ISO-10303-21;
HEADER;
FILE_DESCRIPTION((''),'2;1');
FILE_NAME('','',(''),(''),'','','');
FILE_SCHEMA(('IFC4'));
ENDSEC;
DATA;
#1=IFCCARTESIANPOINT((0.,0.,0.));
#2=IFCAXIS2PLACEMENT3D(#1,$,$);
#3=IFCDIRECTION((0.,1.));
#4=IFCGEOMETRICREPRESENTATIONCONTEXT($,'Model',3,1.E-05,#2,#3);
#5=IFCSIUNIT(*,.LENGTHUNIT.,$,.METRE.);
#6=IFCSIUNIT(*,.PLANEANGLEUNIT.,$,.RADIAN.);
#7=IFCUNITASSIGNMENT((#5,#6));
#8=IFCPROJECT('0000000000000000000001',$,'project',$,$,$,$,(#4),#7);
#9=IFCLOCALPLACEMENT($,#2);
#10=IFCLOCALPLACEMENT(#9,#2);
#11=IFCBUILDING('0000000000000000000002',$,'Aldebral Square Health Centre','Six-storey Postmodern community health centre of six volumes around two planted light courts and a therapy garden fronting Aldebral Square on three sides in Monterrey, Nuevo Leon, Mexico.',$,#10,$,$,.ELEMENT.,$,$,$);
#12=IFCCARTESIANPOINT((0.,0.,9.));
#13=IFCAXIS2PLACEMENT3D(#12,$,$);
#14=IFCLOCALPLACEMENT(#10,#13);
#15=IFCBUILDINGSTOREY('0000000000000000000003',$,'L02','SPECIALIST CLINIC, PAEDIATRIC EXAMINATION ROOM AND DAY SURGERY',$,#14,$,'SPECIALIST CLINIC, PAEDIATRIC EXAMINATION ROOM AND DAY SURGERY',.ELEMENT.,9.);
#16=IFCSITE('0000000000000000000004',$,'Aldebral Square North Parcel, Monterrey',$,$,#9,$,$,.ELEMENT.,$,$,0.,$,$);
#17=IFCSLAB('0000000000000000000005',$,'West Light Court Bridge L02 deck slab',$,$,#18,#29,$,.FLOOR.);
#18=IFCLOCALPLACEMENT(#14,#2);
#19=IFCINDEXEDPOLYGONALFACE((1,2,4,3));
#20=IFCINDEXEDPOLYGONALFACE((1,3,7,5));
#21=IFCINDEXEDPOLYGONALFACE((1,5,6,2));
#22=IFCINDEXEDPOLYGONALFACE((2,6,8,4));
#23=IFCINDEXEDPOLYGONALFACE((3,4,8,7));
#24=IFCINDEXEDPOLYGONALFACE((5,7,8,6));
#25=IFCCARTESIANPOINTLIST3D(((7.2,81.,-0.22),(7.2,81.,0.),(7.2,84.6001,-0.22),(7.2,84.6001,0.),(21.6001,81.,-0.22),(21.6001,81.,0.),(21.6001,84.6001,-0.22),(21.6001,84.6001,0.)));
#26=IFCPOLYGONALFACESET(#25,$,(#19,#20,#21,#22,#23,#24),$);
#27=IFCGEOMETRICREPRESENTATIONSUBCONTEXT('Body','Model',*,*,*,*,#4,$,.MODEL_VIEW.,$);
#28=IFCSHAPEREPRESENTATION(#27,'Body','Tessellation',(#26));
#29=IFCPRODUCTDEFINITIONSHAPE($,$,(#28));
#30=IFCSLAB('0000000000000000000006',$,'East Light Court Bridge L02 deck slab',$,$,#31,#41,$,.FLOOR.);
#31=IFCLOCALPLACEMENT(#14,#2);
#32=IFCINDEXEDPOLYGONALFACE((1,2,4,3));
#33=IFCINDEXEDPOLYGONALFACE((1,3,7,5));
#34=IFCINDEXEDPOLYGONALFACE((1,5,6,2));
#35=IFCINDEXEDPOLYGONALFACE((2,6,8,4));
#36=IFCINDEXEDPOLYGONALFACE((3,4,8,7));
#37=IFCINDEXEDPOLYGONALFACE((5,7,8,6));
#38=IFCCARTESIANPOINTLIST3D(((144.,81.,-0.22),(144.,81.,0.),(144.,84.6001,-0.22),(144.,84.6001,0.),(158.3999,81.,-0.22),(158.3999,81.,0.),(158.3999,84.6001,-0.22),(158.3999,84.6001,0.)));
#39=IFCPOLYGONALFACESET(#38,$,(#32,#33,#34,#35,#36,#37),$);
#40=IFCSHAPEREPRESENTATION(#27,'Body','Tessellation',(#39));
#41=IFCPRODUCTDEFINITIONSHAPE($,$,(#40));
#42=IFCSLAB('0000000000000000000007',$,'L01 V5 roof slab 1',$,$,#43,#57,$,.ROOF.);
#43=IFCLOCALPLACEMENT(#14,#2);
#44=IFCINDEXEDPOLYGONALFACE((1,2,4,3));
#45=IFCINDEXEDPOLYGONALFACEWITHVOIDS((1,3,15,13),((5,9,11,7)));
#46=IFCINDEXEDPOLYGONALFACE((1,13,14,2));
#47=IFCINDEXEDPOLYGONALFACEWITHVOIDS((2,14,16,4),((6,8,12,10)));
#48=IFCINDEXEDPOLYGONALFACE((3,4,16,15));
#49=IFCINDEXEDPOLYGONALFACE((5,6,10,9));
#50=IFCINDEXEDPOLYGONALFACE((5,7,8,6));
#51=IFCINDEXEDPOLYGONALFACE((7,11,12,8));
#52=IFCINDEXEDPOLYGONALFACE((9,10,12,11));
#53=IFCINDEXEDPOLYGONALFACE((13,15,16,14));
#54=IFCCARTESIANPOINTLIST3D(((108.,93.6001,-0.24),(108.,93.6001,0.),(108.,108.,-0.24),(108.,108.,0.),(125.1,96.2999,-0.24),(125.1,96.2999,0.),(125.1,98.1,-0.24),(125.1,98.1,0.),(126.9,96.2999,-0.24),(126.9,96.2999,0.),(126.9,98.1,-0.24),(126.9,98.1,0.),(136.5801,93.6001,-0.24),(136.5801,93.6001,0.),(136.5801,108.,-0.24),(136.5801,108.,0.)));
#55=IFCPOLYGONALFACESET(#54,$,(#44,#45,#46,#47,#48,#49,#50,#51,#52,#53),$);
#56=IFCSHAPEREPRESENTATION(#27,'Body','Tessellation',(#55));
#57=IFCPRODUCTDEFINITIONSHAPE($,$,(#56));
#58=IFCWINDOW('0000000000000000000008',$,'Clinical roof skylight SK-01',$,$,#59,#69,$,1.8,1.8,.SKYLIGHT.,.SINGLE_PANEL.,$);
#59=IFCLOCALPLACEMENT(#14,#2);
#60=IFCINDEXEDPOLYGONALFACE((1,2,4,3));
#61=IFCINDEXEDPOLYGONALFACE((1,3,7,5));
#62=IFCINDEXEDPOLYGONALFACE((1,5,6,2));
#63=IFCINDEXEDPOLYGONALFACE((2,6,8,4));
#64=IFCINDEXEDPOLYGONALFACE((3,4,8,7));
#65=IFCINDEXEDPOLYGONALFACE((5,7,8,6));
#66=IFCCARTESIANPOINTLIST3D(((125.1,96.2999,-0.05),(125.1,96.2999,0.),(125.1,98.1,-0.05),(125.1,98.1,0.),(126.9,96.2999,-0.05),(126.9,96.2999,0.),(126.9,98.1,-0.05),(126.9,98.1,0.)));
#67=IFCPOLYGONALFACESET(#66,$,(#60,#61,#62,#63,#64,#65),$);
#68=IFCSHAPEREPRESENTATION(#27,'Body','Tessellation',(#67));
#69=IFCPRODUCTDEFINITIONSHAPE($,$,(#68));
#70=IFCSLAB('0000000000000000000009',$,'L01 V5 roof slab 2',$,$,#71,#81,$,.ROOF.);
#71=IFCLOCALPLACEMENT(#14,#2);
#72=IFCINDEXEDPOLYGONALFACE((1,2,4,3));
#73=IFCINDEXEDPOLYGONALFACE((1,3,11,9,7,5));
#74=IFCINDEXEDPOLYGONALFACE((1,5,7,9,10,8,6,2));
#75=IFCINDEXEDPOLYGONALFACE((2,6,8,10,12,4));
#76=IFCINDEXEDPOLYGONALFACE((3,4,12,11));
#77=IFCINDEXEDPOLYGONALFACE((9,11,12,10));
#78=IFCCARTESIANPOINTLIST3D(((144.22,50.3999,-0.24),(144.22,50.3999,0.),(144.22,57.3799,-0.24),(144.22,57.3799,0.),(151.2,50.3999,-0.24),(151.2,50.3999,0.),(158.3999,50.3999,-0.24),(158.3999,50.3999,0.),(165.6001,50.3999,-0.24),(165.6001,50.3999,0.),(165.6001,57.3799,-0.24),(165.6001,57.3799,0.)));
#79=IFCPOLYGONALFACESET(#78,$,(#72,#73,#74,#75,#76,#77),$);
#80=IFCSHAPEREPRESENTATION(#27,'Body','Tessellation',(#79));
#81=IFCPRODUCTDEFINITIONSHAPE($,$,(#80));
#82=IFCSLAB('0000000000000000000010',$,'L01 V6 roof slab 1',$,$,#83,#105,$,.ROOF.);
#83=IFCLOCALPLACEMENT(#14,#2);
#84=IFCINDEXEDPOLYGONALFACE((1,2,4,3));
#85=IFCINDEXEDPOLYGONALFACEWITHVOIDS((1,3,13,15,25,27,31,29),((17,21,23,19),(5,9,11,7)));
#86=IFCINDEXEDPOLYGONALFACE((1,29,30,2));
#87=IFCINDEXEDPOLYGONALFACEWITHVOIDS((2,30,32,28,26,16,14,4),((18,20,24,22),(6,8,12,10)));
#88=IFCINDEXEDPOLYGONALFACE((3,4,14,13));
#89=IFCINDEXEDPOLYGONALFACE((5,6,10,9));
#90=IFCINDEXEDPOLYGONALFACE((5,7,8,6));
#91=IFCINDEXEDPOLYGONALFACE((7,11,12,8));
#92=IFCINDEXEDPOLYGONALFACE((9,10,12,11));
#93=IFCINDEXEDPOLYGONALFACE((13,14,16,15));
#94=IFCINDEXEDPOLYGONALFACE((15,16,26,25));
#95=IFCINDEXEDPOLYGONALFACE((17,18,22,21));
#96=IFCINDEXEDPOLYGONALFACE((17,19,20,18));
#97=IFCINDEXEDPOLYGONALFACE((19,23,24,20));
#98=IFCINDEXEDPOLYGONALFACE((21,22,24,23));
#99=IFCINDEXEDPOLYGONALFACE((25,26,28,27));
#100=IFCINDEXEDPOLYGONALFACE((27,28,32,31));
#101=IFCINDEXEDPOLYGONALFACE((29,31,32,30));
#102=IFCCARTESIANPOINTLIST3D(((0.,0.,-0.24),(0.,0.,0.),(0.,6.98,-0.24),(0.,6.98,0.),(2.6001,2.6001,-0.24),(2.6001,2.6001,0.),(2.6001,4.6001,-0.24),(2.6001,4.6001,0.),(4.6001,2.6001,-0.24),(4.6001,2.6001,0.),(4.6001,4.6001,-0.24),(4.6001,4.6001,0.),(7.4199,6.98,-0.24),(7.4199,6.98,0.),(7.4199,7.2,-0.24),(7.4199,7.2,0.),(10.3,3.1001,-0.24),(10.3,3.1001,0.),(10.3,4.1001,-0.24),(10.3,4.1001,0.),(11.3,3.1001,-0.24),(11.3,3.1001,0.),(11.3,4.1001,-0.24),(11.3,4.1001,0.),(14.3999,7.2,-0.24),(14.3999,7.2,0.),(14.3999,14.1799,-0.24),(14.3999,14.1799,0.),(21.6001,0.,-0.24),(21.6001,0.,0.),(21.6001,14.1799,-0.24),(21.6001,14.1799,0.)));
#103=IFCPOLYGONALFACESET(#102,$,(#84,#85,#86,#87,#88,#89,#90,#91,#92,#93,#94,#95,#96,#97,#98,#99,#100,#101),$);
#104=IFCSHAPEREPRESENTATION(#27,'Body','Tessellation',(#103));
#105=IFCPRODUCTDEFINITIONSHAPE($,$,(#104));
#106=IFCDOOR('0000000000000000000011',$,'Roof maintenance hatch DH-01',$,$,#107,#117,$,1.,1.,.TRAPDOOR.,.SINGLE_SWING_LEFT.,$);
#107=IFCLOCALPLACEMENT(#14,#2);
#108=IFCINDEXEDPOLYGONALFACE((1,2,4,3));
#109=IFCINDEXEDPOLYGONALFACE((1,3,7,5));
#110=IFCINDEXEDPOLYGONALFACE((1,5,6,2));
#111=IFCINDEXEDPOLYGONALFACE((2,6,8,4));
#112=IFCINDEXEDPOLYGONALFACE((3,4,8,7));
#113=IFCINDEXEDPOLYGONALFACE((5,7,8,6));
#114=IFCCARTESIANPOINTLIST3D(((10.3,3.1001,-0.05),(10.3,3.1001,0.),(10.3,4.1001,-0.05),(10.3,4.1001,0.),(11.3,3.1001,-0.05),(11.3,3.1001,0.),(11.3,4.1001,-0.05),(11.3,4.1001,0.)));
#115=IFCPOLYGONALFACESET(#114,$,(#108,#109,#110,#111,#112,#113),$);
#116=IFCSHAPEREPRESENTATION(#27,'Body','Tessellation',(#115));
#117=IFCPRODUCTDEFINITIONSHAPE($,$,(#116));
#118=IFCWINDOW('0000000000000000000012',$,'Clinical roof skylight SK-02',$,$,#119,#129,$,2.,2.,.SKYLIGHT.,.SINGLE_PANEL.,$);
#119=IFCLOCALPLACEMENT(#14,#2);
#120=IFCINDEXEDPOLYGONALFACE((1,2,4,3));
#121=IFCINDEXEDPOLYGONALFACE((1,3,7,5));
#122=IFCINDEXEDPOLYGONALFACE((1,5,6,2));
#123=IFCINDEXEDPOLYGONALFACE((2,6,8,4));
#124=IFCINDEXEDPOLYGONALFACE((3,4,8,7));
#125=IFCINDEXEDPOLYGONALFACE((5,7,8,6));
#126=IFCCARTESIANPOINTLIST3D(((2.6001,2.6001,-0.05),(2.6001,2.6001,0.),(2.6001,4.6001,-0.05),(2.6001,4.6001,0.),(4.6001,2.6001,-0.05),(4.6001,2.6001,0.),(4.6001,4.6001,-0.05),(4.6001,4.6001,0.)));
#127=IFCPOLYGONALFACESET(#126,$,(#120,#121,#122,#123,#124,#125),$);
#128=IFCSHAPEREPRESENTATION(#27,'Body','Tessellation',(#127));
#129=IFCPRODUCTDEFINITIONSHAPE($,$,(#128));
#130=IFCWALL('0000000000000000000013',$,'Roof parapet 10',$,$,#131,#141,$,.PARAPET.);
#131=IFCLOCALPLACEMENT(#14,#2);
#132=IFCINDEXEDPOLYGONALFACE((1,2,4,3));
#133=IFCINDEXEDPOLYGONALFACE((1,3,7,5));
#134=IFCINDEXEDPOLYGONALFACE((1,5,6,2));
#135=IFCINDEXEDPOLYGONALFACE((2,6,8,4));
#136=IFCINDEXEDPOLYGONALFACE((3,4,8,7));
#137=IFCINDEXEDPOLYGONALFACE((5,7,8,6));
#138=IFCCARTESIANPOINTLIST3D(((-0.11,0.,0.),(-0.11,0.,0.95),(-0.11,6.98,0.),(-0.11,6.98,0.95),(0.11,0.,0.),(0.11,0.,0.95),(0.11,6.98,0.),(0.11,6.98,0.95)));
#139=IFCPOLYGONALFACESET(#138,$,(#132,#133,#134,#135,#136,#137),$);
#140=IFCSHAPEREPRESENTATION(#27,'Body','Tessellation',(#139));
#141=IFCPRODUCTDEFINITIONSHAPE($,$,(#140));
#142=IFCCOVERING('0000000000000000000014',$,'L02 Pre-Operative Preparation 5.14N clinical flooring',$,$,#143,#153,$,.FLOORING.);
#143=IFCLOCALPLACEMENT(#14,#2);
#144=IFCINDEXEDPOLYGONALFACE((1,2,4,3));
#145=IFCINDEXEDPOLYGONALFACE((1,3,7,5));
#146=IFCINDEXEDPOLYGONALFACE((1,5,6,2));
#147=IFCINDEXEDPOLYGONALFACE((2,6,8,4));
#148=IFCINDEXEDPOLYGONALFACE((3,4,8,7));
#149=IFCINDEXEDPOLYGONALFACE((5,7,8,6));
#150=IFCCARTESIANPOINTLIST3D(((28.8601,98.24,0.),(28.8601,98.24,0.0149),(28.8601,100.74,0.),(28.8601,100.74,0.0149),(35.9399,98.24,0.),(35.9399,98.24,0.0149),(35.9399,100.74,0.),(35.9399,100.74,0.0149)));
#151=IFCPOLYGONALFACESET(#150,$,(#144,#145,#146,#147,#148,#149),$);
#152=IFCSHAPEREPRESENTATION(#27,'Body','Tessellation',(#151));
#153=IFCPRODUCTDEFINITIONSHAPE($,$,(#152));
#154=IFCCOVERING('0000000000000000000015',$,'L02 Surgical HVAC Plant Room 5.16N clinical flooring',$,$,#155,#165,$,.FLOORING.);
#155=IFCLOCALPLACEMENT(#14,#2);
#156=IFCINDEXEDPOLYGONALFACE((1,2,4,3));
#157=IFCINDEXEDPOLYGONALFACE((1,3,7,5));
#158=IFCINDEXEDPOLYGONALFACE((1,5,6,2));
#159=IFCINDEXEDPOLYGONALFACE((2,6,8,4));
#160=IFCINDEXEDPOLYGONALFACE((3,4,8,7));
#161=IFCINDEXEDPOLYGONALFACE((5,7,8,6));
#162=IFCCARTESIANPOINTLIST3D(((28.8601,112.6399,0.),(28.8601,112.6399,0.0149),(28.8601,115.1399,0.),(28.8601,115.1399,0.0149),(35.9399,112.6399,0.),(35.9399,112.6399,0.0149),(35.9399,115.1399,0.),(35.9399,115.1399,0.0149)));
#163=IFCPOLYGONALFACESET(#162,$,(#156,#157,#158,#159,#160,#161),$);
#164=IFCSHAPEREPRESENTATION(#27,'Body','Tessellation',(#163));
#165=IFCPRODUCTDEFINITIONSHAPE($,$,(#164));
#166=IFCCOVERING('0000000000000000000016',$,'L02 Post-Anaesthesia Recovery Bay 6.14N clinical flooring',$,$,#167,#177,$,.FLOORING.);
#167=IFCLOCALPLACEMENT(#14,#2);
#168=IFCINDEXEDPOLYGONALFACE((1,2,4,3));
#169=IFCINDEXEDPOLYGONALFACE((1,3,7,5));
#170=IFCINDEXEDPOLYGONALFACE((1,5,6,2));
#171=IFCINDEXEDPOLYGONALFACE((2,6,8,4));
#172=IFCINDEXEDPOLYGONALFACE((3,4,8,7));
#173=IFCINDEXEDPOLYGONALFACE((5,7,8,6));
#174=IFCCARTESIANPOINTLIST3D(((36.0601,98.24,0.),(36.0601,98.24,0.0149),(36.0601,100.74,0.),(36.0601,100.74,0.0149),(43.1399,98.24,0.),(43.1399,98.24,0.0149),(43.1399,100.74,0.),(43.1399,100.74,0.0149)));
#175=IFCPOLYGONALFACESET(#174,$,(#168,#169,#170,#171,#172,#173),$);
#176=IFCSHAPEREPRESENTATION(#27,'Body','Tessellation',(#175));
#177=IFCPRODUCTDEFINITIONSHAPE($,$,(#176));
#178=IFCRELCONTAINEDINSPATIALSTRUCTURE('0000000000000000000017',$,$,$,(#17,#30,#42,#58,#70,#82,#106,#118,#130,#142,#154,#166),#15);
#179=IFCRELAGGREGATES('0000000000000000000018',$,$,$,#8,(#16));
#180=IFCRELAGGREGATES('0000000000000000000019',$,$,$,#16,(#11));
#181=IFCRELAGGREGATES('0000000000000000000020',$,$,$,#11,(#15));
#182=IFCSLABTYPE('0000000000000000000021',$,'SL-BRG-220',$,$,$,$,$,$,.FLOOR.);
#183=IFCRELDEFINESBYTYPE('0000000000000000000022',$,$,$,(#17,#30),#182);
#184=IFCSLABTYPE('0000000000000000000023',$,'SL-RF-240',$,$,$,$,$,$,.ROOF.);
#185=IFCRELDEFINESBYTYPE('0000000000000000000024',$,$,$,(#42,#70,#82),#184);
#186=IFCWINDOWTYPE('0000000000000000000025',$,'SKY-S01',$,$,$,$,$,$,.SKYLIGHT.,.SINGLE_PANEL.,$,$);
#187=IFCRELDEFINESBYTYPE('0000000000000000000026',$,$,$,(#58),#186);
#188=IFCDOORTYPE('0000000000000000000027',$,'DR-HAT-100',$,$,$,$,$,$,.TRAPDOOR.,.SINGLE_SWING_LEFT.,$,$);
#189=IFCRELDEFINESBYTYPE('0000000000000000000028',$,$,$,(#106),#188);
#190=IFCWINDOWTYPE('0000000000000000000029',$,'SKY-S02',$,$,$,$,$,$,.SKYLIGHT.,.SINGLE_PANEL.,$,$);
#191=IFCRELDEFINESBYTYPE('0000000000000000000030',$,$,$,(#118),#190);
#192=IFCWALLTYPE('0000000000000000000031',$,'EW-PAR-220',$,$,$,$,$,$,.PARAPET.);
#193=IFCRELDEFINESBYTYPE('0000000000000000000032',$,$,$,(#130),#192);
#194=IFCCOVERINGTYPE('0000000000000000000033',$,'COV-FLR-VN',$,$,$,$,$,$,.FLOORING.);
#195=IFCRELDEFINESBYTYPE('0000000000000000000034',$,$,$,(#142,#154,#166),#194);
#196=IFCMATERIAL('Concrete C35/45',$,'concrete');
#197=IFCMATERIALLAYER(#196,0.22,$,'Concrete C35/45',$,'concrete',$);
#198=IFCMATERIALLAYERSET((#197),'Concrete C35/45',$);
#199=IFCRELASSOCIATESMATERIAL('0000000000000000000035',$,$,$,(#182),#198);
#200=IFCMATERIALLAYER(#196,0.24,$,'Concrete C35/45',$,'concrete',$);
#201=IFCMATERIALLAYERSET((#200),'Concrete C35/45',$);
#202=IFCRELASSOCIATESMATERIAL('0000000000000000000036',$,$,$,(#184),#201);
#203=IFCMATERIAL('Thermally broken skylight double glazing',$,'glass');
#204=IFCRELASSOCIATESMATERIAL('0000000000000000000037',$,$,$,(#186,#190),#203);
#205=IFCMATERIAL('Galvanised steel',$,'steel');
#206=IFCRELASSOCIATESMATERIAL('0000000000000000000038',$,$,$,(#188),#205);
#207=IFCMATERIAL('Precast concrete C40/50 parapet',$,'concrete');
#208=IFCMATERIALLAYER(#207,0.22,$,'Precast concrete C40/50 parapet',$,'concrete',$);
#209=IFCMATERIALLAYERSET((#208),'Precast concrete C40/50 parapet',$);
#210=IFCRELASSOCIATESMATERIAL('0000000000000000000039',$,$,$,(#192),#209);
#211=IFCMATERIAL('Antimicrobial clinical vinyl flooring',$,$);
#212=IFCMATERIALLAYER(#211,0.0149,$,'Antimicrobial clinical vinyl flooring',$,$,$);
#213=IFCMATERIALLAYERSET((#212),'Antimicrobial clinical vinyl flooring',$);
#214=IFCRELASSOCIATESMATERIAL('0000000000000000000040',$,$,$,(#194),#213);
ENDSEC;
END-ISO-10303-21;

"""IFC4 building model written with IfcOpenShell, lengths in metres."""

from ifc_helpers import new_model, si_unit, direction, frame, frame_2d, origin, origin_2d, place, context, subcontext, project, spatial, polyline, rectangle, outline, extrude, material, layer, layer_set, type_object, element, fill, save


model = new_model("IFC4")

# Units and contexts
model_context = context("Model", 3, precision=1e-05, world=origin(), true_north=direction((0.0, 1.0)))
body_context = subcontext(model_context, "Body", "Model", "MODEL_VIEW")
ifc_project = project(units=[si_unit("LENGTHUNIT", "METRE"), si_unit("PLANEANGLEUNIT", "RADIAN")], contexts=[model_context])

# Site, building, storey
site_placement = place(None, origin())
site = spatial("IfcSite", under=ifc_project, at=site_placement, Name="Aldebral Square North Parcel, Monterrey", CompositionType="ELEMENT", RefElevation=0.0)
building_placement = place(site_placement, origin())
building = spatial("IfcBuilding", under=site, at=building_placement, Name="Aldebral Square Health Centre", Description="Six-storey Postmodern community health centre of six volumes around two planted light courts and a therapy garden fronting Aldebral Square on three sides in Monterrey, Nuevo Leon, Mexico.", CompositionType="ELEMENT")
storey_placement = place(building_placement, frame((0.0, 0.0, 9.0)))
storey = spatial("IfcBuildingStorey", under=building, at=storey_placement, Name="L02", Description="SPECIALIST CLINIC, PAEDIATRIC EXAMINATION ROOM AND DAY SURGERY", LongName="SPECIALIST CLINIC, PAEDIATRIC EXAMINATION ROOM AND DAY SURGERY", CompositionType="ELEMENT", Elevation=9.0)

# Slabs
ifc_material_1 = material(Name="Concrete C35/45", Category="concrete")
ifc_layer_1 = layer(ifc_material_1, 0.22, Name="Concrete C35/45", Category="concrete")
ifc_layer_set_1 = layer_set([ifc_layer_1], Name="Concrete C35/45")
slab_type_1 = type_object("IfcSlabType", Name="SL-BRG-220", PredefinedType="FLOOR", material=ifc_layer_set_1)
slab_1_placement = place(storey_placement, frame((0.0, 0.0, -0.22)))
element("IfcSlab", 1, at=slab_1_placement, inside=storey, type_object=slab_type_1, Name="West Light Court Bridge L02 deck slab", PredefinedType="FLOOR", context=body_context, shape_type="SweptSolid", body=[
    extrude(outline(polyline([(7.2, 81.0), (21.6001, 81.0), (21.6001, 84.6001), (7.2, 84.6001), (7.2, 81.0)])), origin(), (0.0, 0.0, 1.0), 0.22),
])
slab_2_placement = place(storey_placement, frame((0.0, 0.0, -0.22)))
element("IfcSlab", 2, at=slab_2_placement, inside=storey, type_object=slab_type_1, Name="East Light Court Bridge L02 deck slab", PredefinedType="FLOOR", context=body_context, shape_type="SweptSolid", body=[
    extrude(outline(polyline([(144.0, 81.0), (158.3999, 81.0), (158.3999, 84.6001), (144.0, 84.6001), (144.0, 81.0)])), origin(), (0.0, 0.0, 1.0), 0.22),
])

# Slab, opening, window
ifc_layer_2 = layer(ifc_material_1, 0.24, Name="Concrete C35/45", Category="concrete")
ifc_layer_set_2 = layer_set([ifc_layer_2], Name="Concrete C35/45")
slab_type_2 = type_object("IfcSlabType", Name="SL-RF-240", PredefinedType="ROOF", material=ifc_layer_set_2)
slab_3_placement = place(storey_placement, frame((0.0, 0.0, -0.24)))
slab_3 = element("IfcSlab", 3, at=slab_3_placement, inside=storey, type_object=slab_type_2, Name="L01 V5 roof slab 1", PredefinedType="ROOF", context=body_context, shape_type="SweptSolid", body=[
    extrude(outline(polyline([(115.2, 108.0), (122.3999, 108.0), (129.6001, 108.0), (136.5801, 108.0), (136.5801, 93.6001), (129.6001, 93.6001), (122.3999, 93.6001), (115.2, 93.6001), (108.0, 93.6001), (108.0, 100.8), (108.0, 108.0), (115.2, 108.0)])), origin(), (0.0, 0.0, 1.0), 0.24),
])
opening_1_placement = place(slab_3_placement, frame((126.0, 97.2, -0.01)))
opening_1 = element("IfcOpeningElement", 4, at=opening_1_placement, cuts=slab_3, PredefinedType="OPENING", context=body_context, shape_type="SweptSolid", body=[
    extrude(rectangle(XDim=1.8, YDim=1.8, at=origin_2d()), origin(), (0.0, 0.0, 1.0), 0.26),
])
ifc_material_2 = material(Name="Thermally broken skylight double glazing", Category="glass")
window_type_1 = type_object("IfcWindowType", Name="SKY-S01", PartitioningType="SINGLE_PANEL", PredefinedType="SKYLIGHT", material=ifc_material_2)
window_1_placement = place(slab_3_placement, frame((126.0, 97.2, 0.1899)))
window_1 = element("IfcWindow", 5, at=window_1_placement, inside=storey, type_object=window_type_1, Name="Clinical roof skylight SK-01", OverallHeight=1.8, OverallWidth=1.8, PartitioningType="SINGLE_PANEL", PredefinedType="SKYLIGHT", context=body_context, shape_type="SweptSolid", body=[
    extrude(rectangle(XDim=1.8, YDim=1.8, at=origin_2d()), origin(), (0.0, 0.0, 1.0), 0.05),
])
fill(opening_1, window_1)

# Slab
slab_4_placement = place(storey_placement, frame((0.0, 0.0, -0.24)))
element("IfcSlab", 6, at=slab_4_placement, inside=storey, type_object=slab_type_2, Name="L01 V5 roof slab 2", PredefinedType="ROOF", context=body_context, shape_type="SweptSolid", body=[
    extrude(outline(polyline([(165.6001, 50.3999), (158.3999, 50.3999), (151.2, 50.3999), (144.22, 50.3999), (144.22, 57.3799), (165.6001, 57.3799), (165.6001, 50.3999)])), origin(), (0.0, 0.0, 1.0), 0.24),
])

# Slab, openings, door, window
slab_5_placement = place(storey_placement, frame((0.0, 0.0, -0.24)))
slab_5 = element("IfcSlab", 7, at=slab_5_placement, inside=storey, type_object=slab_type_2, Name="L01 V6 roof slab 1", PredefinedType="ROOF", context=body_context, shape_type="SweptSolid", body=[
    extrude(outline(polyline([(14.3999, 7.2), (14.3999, 14.1799), (21.6001, 14.1799), (21.6001, 7.2), (21.6001, 0.0), (14.3999, 0.0), (7.2, 0.0), (0.0, 0.0), (0.0, 6.98), (7.4199, 6.98), (7.4199, 7.2), (14.3999, 7.2)])), origin(), (0.0, 0.0, 1.0), 0.24),
])
opening_2_placement = place(slab_5_placement, frame((3.6001, 3.6001, -0.01)))
opening_2 = element("IfcOpeningElement", 8, at=opening_2_placement, cuts=slab_5, PredefinedType="OPENING", context=body_context, shape_type="SweptSolid", body=[
    extrude(rectangle(XDim=2.0, YDim=2.0, at=origin_2d()), origin(), (0.0, 0.0, 1.0), 0.26),
])
opening_3_placement = place(slab_5_placement, frame((10.8, 3.6001, -0.01)))
opening_3 = element("IfcOpeningElement", 9, at=opening_3_placement, cuts=slab_5, PredefinedType="OPENING", context=body_context, shape_type="SweptSolid", body=[
    extrude(rectangle(XDim=1.0, YDim=1.0, at=origin_2d()), origin(), (0.0, 0.0, 1.0), 0.26),
])
ifc_material_3 = material(Name="Galvanised steel", Category="steel")
door_type = type_object("IfcDoorType", Name="DR-HAT-100", OperationType="SINGLE_SWING_LEFT", PredefinedType="TRAPDOOR", material=ifc_material_3)
door_placement = place(slab_5_placement, frame((10.8, 3.6001, 0.1899)))
door = element("IfcDoor", 10, at=door_placement, inside=storey, type_object=door_type, Name="Roof maintenance hatch DH-01", OperationType="SINGLE_SWING_LEFT", OverallHeight=1.0, OverallWidth=1.0, PredefinedType="TRAPDOOR", context=body_context, shape_type="SweptSolid", body=[
    extrude(rectangle(XDim=1.0, YDim=1.0, at=origin_2d()), origin(), (0.0, 0.0, 1.0), 0.05),
])
fill(opening_3, door)
window_type_2 = type_object("IfcWindowType", Name="SKY-S02", PartitioningType="SINGLE_PANEL", PredefinedType="SKYLIGHT", material=ifc_material_2)
window_2_placement = place(slab_5_placement, frame((3.6001, 3.6001, 0.1899)))
window_2 = element("IfcWindow", 11, at=window_2_placement, inside=storey, type_object=window_type_2, Name="Clinical roof skylight SK-02", OverallHeight=2.0, OverallWidth=2.0, PartitioningType="SINGLE_PANEL", PredefinedType="SKYLIGHT", context=body_context, shape_type="SweptSolid", body=[
    extrude(rectangle(XDim=2.0, YDim=2.0, at=origin_2d()), origin(), (0.0, 0.0, 1.0), 0.05),
])
fill(opening_2, window_2)

# Wall
ifc_material_4 = material(Name="Precast concrete C40/50 parapet", Category="concrete")
ifc_layer_3 = layer(ifc_material_4, 0.22, Name="Precast concrete C40/50 parapet", Category="concrete")
ifc_layer_set_3 = layer_set([ifc_layer_3], Name="Precast concrete C40/50 parapet")
wall_type = type_object("IfcWallType", Name="EW-PAR-220", PredefinedType="PARAPET", material=ifc_layer_set_3)
wall_placement = place(storey_placement, frame((0.0, 0.0, 0.0), z_axis=(0.0, 0.0, 1.0), x_axis=(0.0, 1.0, 0.0)))
element("IfcWall", 12, at=wall_placement, inside=storey, type_object=wall_type, Name="Roof parapet 10", PredefinedType="PARAPET", context=body_context, shape_type="SweptSolid", body=[
    extrude(rectangle(XDim=6.98, YDim=0.22, at=frame_2d((3.49, 0.0))), origin(), (0.0, 0.0, 1.0), 0.95),
])

# Coverings
ifc_material_5 = material(Name="Antimicrobial clinical vinyl flooring")
ifc_layer_4 = layer(ifc_material_5, 0.0149, Name="Antimicrobial clinical vinyl flooring")
ifc_layer_set_4 = layer_set([ifc_layer_4], Name="Antimicrobial clinical vinyl flooring")
covering_type_1 = type_object("IfcCoveringType", Name="COV-FLR-VN", PredefinedType="FLOORING", material=ifc_layer_set_4)
covering_1_placement = place(storey_placement, origin())
element("IfcCovering", 13, at=covering_1_placement, inside=storey, type_object=covering_type_1, Name="L02 Pre-Operative Preparation 5.14N clinical flooring", PredefinedType="FLOORING", context=body_context, shape_type="SweptSolid", body=[
    extrude(outline(polyline([(28.8601, 98.24), (35.9399, 98.24), (35.9399, 100.74), (28.8601, 100.74), (28.8601, 98.24)])), origin(), (0.0, 0.0, 1.0), 0.0149),
])
covering_2_placement = place(storey_placement, origin())
element("IfcCovering", 14, at=covering_2_placement, inside=storey, type_object=covering_type_1, Name="L02 Surgical HVAC Plant Room 5.16N clinical flooring", PredefinedType="FLOORING", context=body_context, shape_type="SweptSolid", body=[
    extrude(outline(polyline([(28.8601, 112.6399), (35.9399, 112.6399), (35.9399, 115.1399), (28.8601, 115.1399), (28.8601, 112.6399)])), origin(), (0.0, 0.0, 1.0), 0.0149),
])
covering_3_placement = place(storey_placement, origin())
element("IfcCovering", 15, at=covering_3_placement, inside=storey, type_object=covering_type_1, Name="L02 Post-Anaesthesia Recovery Bay 6.14N clinical flooring", PredefinedType="FLOORING", context=body_context, shape_type="SweptSolid", body=[
    extrude(outline(polyline([(36.0601, 98.24), (43.1399, 98.24), (43.1399, 100.74), (36.0601, 100.74), (36.0601, 98.24)])), origin(), (0.0, 0.0, 1.0), 0.0149),
])

save(model, "model.ifc")
